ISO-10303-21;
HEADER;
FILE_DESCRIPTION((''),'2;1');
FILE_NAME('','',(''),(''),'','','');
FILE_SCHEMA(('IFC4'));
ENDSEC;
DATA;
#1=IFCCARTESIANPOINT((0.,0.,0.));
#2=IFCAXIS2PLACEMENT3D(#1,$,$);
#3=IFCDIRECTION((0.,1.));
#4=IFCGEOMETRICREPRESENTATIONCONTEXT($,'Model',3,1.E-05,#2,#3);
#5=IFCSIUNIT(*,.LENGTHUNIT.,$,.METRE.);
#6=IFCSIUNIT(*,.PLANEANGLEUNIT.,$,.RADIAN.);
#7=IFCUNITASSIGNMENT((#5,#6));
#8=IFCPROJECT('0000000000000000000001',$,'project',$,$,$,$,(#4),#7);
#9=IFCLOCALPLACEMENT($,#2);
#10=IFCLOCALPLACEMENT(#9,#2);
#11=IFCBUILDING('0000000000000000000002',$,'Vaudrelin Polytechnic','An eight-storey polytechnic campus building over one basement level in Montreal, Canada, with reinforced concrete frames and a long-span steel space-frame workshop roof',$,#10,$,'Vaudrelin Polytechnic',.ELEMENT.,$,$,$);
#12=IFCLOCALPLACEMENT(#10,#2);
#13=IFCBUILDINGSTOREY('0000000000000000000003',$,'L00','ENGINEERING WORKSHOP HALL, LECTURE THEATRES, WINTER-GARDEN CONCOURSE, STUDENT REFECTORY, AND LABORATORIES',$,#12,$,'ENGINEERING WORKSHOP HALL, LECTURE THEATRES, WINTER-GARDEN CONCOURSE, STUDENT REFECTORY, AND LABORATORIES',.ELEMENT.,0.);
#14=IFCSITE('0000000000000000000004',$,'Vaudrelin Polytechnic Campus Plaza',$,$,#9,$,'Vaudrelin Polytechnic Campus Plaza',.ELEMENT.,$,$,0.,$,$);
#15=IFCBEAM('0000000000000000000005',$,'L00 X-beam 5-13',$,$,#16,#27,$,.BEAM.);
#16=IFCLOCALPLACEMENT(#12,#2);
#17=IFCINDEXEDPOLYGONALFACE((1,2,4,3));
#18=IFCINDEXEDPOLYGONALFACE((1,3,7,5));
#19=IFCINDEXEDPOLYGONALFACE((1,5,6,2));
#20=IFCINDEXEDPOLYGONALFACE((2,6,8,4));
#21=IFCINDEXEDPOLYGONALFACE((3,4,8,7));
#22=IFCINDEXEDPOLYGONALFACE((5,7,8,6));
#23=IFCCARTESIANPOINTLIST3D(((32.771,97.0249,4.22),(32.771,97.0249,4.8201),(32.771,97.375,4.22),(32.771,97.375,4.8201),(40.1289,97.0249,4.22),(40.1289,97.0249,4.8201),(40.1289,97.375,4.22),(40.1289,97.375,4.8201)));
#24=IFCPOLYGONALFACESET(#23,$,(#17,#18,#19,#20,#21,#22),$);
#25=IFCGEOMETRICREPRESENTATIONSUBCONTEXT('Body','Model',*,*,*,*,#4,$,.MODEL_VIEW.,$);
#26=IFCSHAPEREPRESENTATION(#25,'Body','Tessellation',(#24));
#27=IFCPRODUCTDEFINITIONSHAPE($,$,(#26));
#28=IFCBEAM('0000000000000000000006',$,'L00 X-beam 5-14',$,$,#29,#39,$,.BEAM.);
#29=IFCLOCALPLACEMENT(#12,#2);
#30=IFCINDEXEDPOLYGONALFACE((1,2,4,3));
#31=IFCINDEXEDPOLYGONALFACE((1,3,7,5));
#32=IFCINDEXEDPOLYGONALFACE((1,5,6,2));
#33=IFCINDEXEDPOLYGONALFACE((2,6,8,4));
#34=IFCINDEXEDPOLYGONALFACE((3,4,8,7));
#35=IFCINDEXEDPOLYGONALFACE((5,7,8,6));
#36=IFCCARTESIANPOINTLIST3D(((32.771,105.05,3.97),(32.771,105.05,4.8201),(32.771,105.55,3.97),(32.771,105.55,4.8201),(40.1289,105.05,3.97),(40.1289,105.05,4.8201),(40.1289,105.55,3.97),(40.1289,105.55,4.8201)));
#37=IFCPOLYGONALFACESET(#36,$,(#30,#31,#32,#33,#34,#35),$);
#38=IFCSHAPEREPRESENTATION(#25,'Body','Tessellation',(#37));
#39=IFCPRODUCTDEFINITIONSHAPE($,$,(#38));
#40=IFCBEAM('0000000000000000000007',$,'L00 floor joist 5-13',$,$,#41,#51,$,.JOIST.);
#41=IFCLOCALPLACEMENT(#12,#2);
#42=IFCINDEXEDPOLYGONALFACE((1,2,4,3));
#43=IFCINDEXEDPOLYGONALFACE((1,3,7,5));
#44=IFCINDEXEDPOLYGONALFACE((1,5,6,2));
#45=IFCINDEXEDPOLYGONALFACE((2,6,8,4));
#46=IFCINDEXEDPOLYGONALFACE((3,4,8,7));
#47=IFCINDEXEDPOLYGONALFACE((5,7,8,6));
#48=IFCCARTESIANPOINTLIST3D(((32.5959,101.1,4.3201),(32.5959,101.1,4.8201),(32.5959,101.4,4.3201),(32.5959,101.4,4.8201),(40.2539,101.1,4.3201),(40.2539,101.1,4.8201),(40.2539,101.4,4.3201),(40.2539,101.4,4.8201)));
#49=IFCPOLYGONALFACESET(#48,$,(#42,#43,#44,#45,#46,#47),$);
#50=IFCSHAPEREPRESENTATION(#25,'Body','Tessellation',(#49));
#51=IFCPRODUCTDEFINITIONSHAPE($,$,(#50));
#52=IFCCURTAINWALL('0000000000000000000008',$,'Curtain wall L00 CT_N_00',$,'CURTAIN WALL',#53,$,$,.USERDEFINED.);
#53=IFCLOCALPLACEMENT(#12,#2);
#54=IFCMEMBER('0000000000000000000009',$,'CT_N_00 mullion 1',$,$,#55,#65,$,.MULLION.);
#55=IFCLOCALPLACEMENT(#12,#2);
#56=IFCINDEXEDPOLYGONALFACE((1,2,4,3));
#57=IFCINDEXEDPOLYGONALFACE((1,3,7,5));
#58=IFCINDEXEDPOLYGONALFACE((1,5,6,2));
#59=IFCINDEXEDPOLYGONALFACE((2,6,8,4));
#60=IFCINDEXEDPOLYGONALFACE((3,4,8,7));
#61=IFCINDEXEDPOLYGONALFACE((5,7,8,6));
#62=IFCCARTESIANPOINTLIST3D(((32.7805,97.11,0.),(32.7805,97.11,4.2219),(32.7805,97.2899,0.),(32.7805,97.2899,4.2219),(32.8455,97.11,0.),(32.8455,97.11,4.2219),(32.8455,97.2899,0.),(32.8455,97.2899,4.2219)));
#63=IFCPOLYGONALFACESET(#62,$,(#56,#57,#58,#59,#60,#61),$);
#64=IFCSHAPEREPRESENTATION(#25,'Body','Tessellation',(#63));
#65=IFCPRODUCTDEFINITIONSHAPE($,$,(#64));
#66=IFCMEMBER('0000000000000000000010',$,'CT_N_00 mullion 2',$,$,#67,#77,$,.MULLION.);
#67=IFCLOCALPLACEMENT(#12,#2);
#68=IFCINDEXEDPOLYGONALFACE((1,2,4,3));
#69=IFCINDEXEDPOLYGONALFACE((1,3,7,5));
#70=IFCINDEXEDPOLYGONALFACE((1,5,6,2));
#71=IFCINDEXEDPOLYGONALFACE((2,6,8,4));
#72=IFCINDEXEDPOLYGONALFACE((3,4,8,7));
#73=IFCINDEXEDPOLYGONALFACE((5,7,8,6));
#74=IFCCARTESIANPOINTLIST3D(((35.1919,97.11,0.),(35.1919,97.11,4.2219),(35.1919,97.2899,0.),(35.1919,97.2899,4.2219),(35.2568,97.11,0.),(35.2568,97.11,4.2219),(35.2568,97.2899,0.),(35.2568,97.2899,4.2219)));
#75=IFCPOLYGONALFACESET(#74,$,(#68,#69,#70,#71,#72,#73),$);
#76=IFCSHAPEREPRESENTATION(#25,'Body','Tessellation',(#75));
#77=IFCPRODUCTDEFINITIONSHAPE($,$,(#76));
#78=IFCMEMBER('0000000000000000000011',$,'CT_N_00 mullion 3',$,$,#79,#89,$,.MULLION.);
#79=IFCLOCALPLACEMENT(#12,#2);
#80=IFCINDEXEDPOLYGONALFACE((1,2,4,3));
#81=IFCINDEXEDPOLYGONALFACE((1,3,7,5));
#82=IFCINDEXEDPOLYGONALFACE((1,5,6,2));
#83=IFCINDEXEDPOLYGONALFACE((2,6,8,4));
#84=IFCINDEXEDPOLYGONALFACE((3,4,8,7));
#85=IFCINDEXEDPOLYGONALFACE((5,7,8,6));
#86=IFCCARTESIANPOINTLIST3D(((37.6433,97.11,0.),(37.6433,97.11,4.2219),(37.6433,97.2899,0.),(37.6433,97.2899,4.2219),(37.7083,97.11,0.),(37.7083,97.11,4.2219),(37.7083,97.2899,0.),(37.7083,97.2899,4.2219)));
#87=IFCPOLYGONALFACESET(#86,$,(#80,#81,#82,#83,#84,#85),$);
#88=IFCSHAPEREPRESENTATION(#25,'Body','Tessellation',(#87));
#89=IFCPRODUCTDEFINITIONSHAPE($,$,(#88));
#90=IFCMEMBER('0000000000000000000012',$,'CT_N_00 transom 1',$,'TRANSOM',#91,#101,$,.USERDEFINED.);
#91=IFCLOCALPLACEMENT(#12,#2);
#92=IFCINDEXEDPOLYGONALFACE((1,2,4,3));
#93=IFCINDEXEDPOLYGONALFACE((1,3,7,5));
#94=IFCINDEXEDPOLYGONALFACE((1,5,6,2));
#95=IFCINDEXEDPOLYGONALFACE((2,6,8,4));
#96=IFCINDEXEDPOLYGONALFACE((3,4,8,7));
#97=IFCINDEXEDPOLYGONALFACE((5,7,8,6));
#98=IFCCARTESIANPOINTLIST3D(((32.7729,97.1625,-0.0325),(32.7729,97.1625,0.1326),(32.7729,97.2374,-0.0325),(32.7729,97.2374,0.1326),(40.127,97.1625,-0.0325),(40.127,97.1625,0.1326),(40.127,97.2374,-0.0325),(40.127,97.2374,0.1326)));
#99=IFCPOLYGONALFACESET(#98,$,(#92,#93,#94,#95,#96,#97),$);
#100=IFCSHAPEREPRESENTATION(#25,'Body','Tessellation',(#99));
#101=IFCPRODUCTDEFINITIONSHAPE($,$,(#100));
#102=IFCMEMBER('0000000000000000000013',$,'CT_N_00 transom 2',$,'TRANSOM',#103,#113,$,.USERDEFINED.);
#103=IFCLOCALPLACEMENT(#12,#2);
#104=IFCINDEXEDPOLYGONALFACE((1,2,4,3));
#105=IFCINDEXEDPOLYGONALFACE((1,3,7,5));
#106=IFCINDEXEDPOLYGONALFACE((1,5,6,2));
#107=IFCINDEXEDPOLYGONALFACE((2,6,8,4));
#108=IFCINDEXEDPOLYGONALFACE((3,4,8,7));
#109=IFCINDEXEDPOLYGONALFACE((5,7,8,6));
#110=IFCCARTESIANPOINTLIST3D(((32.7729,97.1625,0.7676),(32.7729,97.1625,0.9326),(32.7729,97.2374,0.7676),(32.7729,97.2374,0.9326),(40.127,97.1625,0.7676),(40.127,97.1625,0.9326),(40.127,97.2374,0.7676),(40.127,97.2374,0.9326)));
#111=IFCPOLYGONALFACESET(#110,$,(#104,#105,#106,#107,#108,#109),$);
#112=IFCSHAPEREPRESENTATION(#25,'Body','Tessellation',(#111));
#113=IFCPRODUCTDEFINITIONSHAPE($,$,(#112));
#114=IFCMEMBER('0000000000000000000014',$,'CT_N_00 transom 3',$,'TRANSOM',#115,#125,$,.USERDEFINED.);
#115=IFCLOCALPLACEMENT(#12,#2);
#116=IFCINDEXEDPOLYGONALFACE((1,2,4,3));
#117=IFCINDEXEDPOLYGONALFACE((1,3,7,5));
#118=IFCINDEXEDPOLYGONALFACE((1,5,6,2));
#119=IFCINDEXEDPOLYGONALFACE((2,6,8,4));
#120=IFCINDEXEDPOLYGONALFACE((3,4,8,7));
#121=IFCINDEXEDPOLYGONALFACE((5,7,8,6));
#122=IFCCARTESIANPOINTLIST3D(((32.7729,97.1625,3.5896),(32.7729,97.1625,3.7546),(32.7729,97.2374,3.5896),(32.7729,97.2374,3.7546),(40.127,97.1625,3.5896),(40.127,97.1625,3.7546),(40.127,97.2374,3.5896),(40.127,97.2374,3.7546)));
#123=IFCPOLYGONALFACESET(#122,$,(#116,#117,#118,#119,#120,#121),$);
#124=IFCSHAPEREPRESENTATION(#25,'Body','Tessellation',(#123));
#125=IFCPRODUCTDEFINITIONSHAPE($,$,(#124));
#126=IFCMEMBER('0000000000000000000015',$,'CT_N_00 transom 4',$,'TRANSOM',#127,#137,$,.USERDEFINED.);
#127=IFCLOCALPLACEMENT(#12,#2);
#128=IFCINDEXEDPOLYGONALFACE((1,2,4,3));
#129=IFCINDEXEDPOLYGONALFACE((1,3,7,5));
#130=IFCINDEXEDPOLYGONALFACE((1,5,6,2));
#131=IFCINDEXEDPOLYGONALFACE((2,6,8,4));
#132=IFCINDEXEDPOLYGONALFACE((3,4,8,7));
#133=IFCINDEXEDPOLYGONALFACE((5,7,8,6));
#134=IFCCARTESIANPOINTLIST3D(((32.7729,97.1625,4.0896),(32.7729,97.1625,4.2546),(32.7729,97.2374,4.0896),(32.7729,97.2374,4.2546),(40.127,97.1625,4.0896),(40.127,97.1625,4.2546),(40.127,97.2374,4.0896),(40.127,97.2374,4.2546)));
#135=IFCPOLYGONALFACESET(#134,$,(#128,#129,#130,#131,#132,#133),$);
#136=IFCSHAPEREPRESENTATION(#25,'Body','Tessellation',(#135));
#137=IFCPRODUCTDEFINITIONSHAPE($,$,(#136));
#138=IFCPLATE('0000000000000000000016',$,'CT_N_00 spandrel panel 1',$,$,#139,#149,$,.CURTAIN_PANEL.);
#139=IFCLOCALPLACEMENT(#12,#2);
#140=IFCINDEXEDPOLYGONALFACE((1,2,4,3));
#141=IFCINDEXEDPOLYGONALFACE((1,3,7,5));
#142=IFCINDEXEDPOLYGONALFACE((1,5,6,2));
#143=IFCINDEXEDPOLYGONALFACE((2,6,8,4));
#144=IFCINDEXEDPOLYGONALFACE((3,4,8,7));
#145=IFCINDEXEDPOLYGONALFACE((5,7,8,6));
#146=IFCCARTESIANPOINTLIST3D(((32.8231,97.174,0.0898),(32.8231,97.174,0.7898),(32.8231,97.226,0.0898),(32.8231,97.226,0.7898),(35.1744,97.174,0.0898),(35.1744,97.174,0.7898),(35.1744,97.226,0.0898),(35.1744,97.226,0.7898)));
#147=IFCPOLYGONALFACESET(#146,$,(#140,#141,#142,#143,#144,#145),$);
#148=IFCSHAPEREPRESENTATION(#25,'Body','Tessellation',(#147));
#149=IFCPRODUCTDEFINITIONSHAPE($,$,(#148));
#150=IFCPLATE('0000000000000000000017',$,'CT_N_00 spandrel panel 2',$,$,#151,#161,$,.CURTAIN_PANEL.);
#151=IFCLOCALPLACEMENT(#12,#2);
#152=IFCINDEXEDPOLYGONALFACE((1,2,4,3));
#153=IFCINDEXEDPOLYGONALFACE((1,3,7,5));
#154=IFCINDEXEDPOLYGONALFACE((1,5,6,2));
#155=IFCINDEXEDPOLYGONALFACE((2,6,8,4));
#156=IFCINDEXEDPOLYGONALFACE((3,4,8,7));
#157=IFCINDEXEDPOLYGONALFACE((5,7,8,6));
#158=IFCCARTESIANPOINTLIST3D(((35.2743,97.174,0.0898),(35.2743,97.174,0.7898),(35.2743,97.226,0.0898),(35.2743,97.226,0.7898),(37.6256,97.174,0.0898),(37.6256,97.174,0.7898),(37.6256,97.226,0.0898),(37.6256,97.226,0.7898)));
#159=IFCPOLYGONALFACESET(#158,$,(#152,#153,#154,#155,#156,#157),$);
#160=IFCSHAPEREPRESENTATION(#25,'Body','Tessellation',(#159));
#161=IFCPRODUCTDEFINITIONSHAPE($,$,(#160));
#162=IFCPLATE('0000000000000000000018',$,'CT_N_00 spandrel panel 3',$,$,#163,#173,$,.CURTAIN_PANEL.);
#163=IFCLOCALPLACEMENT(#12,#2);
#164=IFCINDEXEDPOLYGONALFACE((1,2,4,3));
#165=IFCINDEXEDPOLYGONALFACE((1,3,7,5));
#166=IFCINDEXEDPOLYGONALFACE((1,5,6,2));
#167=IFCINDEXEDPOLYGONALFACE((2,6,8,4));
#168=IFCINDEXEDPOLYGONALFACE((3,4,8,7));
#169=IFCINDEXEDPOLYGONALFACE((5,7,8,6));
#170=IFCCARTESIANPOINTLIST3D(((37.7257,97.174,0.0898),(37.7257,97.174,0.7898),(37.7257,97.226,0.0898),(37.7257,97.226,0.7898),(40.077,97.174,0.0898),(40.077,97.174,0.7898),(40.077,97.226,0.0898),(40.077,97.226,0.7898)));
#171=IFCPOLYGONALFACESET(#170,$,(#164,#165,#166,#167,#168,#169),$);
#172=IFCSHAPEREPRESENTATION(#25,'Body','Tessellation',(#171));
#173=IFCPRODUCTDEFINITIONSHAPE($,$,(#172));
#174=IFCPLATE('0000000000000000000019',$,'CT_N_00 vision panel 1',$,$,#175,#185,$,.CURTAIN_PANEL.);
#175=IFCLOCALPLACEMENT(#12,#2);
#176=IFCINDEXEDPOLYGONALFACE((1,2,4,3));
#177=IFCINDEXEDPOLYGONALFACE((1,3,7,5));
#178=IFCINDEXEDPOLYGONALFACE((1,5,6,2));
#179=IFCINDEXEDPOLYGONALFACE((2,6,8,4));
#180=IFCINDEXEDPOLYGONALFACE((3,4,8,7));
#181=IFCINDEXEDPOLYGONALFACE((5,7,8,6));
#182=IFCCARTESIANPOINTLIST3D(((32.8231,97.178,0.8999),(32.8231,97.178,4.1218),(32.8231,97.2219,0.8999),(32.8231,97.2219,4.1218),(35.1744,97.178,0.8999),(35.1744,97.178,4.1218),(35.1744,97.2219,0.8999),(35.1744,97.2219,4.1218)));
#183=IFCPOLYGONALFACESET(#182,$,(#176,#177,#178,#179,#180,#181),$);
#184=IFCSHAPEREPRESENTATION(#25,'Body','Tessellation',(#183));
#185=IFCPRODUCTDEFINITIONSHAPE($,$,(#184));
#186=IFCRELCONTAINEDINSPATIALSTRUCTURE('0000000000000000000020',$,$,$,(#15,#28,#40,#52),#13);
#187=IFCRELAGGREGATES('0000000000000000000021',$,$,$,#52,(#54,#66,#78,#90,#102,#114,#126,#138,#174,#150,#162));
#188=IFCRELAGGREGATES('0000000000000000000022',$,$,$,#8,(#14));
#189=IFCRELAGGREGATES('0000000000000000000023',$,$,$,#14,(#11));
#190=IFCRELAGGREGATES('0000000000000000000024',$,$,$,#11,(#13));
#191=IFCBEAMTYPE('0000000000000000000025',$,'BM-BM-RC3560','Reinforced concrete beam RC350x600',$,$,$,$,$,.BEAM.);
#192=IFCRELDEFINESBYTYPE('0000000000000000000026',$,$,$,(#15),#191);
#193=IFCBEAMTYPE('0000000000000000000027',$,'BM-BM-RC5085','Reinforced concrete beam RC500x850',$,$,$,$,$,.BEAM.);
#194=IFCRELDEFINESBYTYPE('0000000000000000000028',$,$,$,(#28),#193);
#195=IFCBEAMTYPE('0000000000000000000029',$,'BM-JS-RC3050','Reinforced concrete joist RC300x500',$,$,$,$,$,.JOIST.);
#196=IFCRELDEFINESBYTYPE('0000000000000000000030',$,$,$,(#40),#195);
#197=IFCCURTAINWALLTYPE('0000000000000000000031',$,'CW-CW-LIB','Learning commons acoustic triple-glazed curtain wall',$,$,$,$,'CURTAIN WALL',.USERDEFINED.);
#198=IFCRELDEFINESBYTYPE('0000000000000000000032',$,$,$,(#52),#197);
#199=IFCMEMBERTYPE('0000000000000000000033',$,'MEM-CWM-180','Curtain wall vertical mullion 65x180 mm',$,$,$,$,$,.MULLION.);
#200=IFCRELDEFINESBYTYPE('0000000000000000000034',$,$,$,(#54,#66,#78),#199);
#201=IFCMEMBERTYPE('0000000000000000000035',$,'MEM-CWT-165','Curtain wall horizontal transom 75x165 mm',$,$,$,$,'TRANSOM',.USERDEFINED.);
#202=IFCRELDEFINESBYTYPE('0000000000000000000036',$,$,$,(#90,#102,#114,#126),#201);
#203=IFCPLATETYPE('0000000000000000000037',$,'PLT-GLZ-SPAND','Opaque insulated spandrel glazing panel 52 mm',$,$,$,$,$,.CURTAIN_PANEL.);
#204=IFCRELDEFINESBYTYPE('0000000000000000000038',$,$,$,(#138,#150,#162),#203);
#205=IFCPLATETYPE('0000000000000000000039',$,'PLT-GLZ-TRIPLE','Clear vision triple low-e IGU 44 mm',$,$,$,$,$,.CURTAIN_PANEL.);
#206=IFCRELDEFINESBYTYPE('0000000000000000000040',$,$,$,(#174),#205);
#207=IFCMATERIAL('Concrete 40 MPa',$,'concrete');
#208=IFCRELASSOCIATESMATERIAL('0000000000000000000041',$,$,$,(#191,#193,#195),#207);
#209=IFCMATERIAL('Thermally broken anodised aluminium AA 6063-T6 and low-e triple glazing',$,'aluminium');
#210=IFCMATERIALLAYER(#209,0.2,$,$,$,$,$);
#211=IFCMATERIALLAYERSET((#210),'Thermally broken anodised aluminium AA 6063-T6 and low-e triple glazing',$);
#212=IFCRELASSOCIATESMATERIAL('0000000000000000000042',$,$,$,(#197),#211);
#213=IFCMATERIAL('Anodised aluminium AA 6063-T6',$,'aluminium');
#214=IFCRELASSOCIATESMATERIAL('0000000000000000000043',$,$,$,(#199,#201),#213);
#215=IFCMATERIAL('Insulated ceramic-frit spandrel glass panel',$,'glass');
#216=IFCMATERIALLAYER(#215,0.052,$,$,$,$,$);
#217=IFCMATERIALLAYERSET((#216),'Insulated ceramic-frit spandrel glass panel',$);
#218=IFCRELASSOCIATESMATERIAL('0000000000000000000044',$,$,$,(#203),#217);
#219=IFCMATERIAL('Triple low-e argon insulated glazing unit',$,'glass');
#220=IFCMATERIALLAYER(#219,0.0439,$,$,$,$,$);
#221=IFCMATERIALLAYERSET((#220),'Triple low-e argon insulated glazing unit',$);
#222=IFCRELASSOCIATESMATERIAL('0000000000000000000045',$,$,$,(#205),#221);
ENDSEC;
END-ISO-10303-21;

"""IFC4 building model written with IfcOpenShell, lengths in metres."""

from ifc_helpers import new_model, si_unit, direction, frame, origin, origin_2d, place, context, subcontext, project, spatial, rectangle, extrude, material, layer, layer_set, material_profile, profile_set, type_object, element, aggregate, save


model = new_model("IFC4")

# Units and contexts
model_context = context("Model", 3, precision=1e-05, world=origin(), true_north=direction((0.0, 1.0)))
body_context = subcontext(model_context, "Body", "Model", "MODEL_VIEW")
ifc_project = project(units=[si_unit("LENGTHUNIT", "METRE"), si_unit("PLANEANGLEUNIT", "RADIAN")], contexts=[model_context])

# Site, building, storey
site_placement = place(None, origin())
site = spatial("IfcSite", under=ifc_project, at=site_placement, Name="Vaudrelin Polytechnic Campus Plaza", LongName="Vaudrelin Polytechnic Campus Plaza", CompositionType="ELEMENT", RefElevation=0.0)
building_placement = place(site_placement, origin())
building = spatial("IfcBuilding", under=site, at=building_placement, Name="Vaudrelin Polytechnic", Description="An eight-storey polytechnic campus building over one basement level in Montreal, Canada, with reinforced concrete frames and a long-span steel space-frame workshop roof", LongName="Vaudrelin Polytechnic", CompositionType="ELEMENT")
storey_placement = place(building_placement, origin())
storey = spatial("IfcBuildingStorey", under=building, at=storey_placement, Name="L00", Description="ENGINEERING WORKSHOP HALL, LECTURE THEATRES, WINTER-GARDEN CONCOURSE, STUDENT REFECTORY, AND LABORATORIES", LongName="ENGINEERING WORKSHOP HALL, LECTURE THEATRES, WINTER-GARDEN CONCOURSE, STUDENT REFECTORY, AND LABORATORIES", CompositionType="ELEMENT", Elevation=0.0)

# Beams
ifc_material_1 = material(Name="Concrete 40 MPa", Category="concrete")
ifc_material_profile_1 = material_profile(ifc_material_1, rectangle(XDim=0.3501, YDim=0.6001, at=origin_2d()), Name="RC350x600")
ifc_profile_set_1 = profile_set([ifc_material_profile_1], Name="Concrete 40 MPa")
beam_type_1 = type_object("IfcBeamType", Name="BM-BM-RC3560", Description="Reinforced concrete beam RC350x600", PredefinedType="BEAM", material=ifc_profile_set_1)
beam_1_placement = place(storey_placement, frame((32.771, 97.2, 4.52), z_axis=(1.0, 0.0, 0.0), x_axis=(0.0, 1.0, 0.0)))
element("IfcBeam", 1, at=beam_1_placement, inside=storey, type_object=beam_type_1, Name="L00 X-beam 5-13", PredefinedType="BEAM", context=body_context, shape_type="SweptSolid", body=[
    extrude(rectangle(XDim=0.3501, YDim=0.6001, at=origin_2d()), origin(), (0.0, 0.0, 1.0), 7.3579),
])
ifc_material_profile_2 = material_profile(ifc_material_1, rectangle(XDim=0.5, YDim=0.8501, at=origin_2d()), Name="RC500x850")
ifc_profile_set_2 = profile_set([ifc_material_profile_2], Name="Concrete 40 MPa")
beam_type_2 = type_object("IfcBeamType", Name="BM-BM-RC5085", Description="Reinforced concrete beam RC500x850", PredefinedType="BEAM", material=ifc_profile_set_2)
beam_2_placement = place(storey_placement, frame((32.771, 105.3, 4.395), z_axis=(1.0, 0.0, 0.0), x_axis=(0.0, 1.0, 0.0)))
element("IfcBeam", 2, at=beam_2_placement, inside=storey, type_object=beam_type_2, Name="L00 X-beam 5-14", PredefinedType="BEAM", context=body_context, shape_type="SweptSolid", body=[
    extrude(rectangle(XDim=0.5, YDim=0.8501, at=origin_2d()), origin(), (0.0, 0.0, 1.0), 7.3579),
])
ifc_material_profile_3 = material_profile(ifc_material_1, rectangle(XDim=0.3, YDim=0.5, at=origin_2d()), Name="RC300x500")
ifc_profile_set_3 = profile_set([ifc_material_profile_3], Name="Concrete 40 MPa")
beam_type_3 = type_object("IfcBeamType", Name="BM-JS-RC3050", Description="Reinforced concrete joist RC300x500", PredefinedType="JOIST", material=ifc_profile_set_3)
beam_3_placement = place(storey_placement, frame((32.5959, 101.25, 4.5701), z_axis=(1.0, 0.0, 0.0), x_axis=(0.0, 1.0, 0.0)))
element("IfcBeam", 3, at=beam_3_placement, inside=storey, type_object=beam_type_3, Name="L00 floor joist 5-13", PredefinedType="JOIST", context=body_context, shape_type="SweptSolid", body=[
    extrude(rectangle(XDim=0.3, YDim=0.5, at=origin_2d()), origin(), (0.0, 0.0, 1.0), 7.658),
])

# Curtain wall, members, plates
ifc_material_2 = material(Name="Thermally broken anodised aluminium AA 6063-T6 and low-e triple glazing", Category="aluminium")
ifc_layer_1 = layer(ifc_material_2, 0.2)
ifc_layer_set_1 = layer_set([ifc_layer_1], Name="Thermally broken anodised aluminium AA 6063-T6 and low-e triple glazing")
curtain_wall_type = type_object("IfcCurtainWallType", Name="CW-CW-LIB", Description="Learning commons acoustic triple-glazed curtain wall", ElementType="CURTAIN WALL", PredefinedType="USERDEFINED", material=ifc_layer_set_1)
curtain_wall_placement = place(storey_placement, origin())
curtain_wall = element("IfcCurtainWall", 4, at=curtain_wall_placement, inside=storey, type_object=curtain_wall_type, Name="Curtain wall L00 CT_N_00", ObjectType="CURTAIN WALL", PredefinedType="USERDEFINED")
ifc_material_3 = material(Name="Anodised aluminium AA 6063-T6", Category="aluminium")
ifc_material_profile_4 = material_profile(ifc_material_3, rectangle(XDim=0.0649, YDim=0.1799, at=origin_2d()), Name="CWM-65x180")
ifc_profile_set_4 = profile_set([ifc_material_profile_4], Name="Anodised aluminium AA 6063-T6")
member_type_1 = type_object("IfcMemberType", Name="MEM-CWM-180", Description="Curtain wall vertical mullion 65x180 mm", PredefinedType="MULLION", material=ifc_profile_set_4)
member_1_placement = place(storey_placement, frame((32.813, 97.2, 0.0), z_axis=(0.0, 0.0, 1.0), x_axis=(1.0, 0.0, 0.0)))
member_1 = element("IfcMember", 5, at=member_1_placement, type_object=member_type_1, Name="CT_N_00 mullion 1", PredefinedType="MULLION", context=body_context, shape_type="SweptSolid", body=[
    extrude(rectangle(XDim=0.0649, YDim=0.1799, at=origin_2d()), origin(), (0.0, 0.0, 1.0), 4.2219),
])
member_2_placement = place(storey_placement, frame((35.2244, 97.2, 0.0), z_axis=(0.0, 0.0, 1.0), x_axis=(1.0, 0.0, 0.0)))
member_2 = element("IfcMember", 6, at=member_2_placement, type_object=member_type_1, Name="CT_N_00 mullion 2", PredefinedType="MULLION", context=body_context, shape_type="SweptSolid", body=[
    extrude(rectangle(XDim=0.0649, YDim=0.1799, at=origin_2d()), origin(), (0.0, 0.0, 1.0), 4.2219),
])
member_3_placement = place(storey_placement, frame((37.6758, 97.2, 0.0), z_axis=(0.0, 0.0, 1.0), x_axis=(1.0, 0.0, 0.0)))
member_3 = element("IfcMember", 7, at=member_3_placement, type_object=member_type_1, Name="CT_N_00 mullion 3", PredefinedType="MULLION", context=body_context, shape_type="SweptSolid", body=[
    extrude(rectangle(XDim=0.0649, YDim=0.1799, at=origin_2d()), origin(), (0.0, 0.0, 1.0), 4.2219),
])
ifc_material_profile_5 = material_profile(ifc_material_3, rectangle(XDim=0.075, YDim=0.165, at=origin_2d()), Name="CWT-75x165")
ifc_profile_set_5 = profile_set([ifc_material_profile_5], Name="Anodised aluminium AA 6063-T6")
member_type_2 = type_object("IfcMemberType", Name="MEM-CWT-165", Description="Curtain wall horizontal transom 75x165 mm", ElementType="TRANSOM", PredefinedType="USERDEFINED", material=ifc_profile_set_5)
member_4_placement = place(storey_placement, frame((32.7729, 97.2, 0.05), z_axis=(1.0, 0.0, 0.0), x_axis=(0.0, 1.0, 0.0)))
member_4 = element("IfcMember", 8, at=member_4_placement, type_object=member_type_2, Name="CT_N_00 transom 1", ObjectType="TRANSOM", PredefinedType="USERDEFINED", context=body_context, shape_type="SweptSolid", body=[
    extrude(rectangle(XDim=0.075, YDim=0.165, at=origin_2d()), origin(), (0.0, 0.0, 1.0), 7.354),
])
member_5_placement = place(storey_placement, frame((32.7729, 97.2, 0.8501), z_axis=(1.0, 0.0, 0.0), x_axis=(0.0, 1.0, 0.0)))
member_5 = element("IfcMember", 9, at=member_5_placement, type_object=member_type_2, Name="CT_N_00 transom 2", ObjectType="TRANSOM", PredefinedType="USERDEFINED", context=body_context, shape_type="SweptSolid", body=[
    extrude(rectangle(XDim=0.075, YDim=0.165, at=origin_2d()), origin(), (0.0, 0.0, 1.0), 7.354),
])
member_6_placement = place(storey_placement, frame((32.7729, 97.2, 3.6721), z_axis=(1.0, 0.0, 0.0), x_axis=(0.0, 1.0, 0.0)))
member_6 = element("IfcMember", 10, at=member_6_placement, type_object=member_type_2, Name="CT_N_00 transom 3", ObjectType="TRANSOM", PredefinedType="USERDEFINED", context=body_context, shape_type="SweptSolid", body=[
    extrude(rectangle(XDim=0.075, YDim=0.165, at=origin_2d()), origin(), (0.0, 0.0, 1.0), 7.354),
])
member_7_placement = place(storey_placement, frame((32.7729, 97.2, 4.1721), z_axis=(1.0, 0.0, 0.0), x_axis=(0.0, 1.0, 0.0)))
member_7 = element("IfcMember", 11, at=member_7_placement, type_object=member_type_2, Name="CT_N_00 transom 4", ObjectType="TRANSOM", PredefinedType="USERDEFINED", context=body_context, shape_type="SweptSolid", body=[
    extrude(rectangle(XDim=0.075, YDim=0.165, at=origin_2d()), origin(), (0.0, 0.0, 1.0), 7.354),
])
ifc_material_4 = material(Name="Insulated ceramic-frit spandrel glass panel", Category="glass")
ifc_layer_2 = layer(ifc_material_4, 0.052)
ifc_layer_set_2 = layer_set([ifc_layer_2], Name="Insulated ceramic-frit spandrel glass panel")
plate_type_1 = type_object("IfcPlateType", Name="PLT-GLZ-SPAND", Description="Opaque insulated spandrel glazing panel 52 mm", PredefinedType="CURTAIN_PANEL", material=ifc_layer_set_2)
plate_1_placement = place(storey_placement, frame((33.9988, 97.2, 0.0898), z_axis=(0.0, 0.0, 1.0), x_axis=(1.0, 0.0, 0.0)))
plate_1 = element("IfcPlate", 12, at=plate_1_placement, type_object=plate_type_1, Name="CT_N_00 spandrel panel 1", PredefinedType="CURTAIN_PANEL", context=body_context, shape_type="SweptSolid", body=[
    extrude(rectangle(XDim=2.3513, YDim=0.052, at=origin_2d()), origin(), (0.0, 0.0, 1.0), 0.7),
])
plate_2_placement = place(storey_placement, frame((36.45, 97.2, 0.0898), z_axis=(0.0, 0.0, 1.0), x_axis=(1.0, 0.0, 0.0)))
plate_2 = element("IfcPlate", 13, at=plate_2_placement, type_object=plate_type_1, Name="CT_N_00 spandrel panel 2", PredefinedType="CURTAIN_PANEL", context=body_context, shape_type="SweptSolid", body=[
    extrude(rectangle(XDim=2.3513, YDim=0.052, at=origin_2d()), origin(), (0.0, 0.0, 1.0), 0.7),
])
plate_3_placement = place(storey_placement, frame((38.9014, 97.2, 0.0898), z_axis=(0.0, 0.0, 1.0), x_axis=(1.0, 0.0, 0.0)))
plate_3 = element("IfcPlate", 14, at=plate_3_placement, type_object=plate_type_1, Name="CT_N_00 spandrel panel 3", PredefinedType="CURTAIN_PANEL", context=body_context, shape_type="SweptSolid", body=[
    extrude(rectangle(XDim=2.3513, YDim=0.052, at=origin_2d()), origin(), (0.0, 0.0, 1.0), 0.7),
])
ifc_material_5 = material(Name="Triple low-e argon insulated glazing unit", Category="glass")
ifc_layer_3 = layer(ifc_material_5, 0.0439)
ifc_layer_set_3 = layer_set([ifc_layer_3], Name="Triple low-e argon insulated glazing unit")
plate_type_2 = type_object("IfcPlateType", Name="PLT-GLZ-TRIPLE", Description="Clear vision triple low-e IGU 44 mm", PredefinedType="CURTAIN_PANEL", material=ifc_layer_set_3)
plate_4_placement = place(storey_placement, frame((33.9988, 97.2, 0.8999), z_axis=(0.0, 0.0, 1.0), x_axis=(1.0, 0.0, 0.0)))
plate_4 = element("IfcPlate", 15, at=plate_4_placement, type_object=plate_type_2, Name="CT_N_00 vision panel 1", PredefinedType="CURTAIN_PANEL", context=body_context, shape_type="SweptSolid", body=[
    extrude(rectangle(XDim=2.3513, YDim=0.0439, at=origin_2d()), origin(), (0.0, 0.0, 1.0), 3.2219),
])
aggregate(curtain_wall, [member_1, member_2, member_3, member_4, member_5, member_6, member_7, plate_1, plate_4, plate_2, plate_3])

save(model, "model.ifc")
